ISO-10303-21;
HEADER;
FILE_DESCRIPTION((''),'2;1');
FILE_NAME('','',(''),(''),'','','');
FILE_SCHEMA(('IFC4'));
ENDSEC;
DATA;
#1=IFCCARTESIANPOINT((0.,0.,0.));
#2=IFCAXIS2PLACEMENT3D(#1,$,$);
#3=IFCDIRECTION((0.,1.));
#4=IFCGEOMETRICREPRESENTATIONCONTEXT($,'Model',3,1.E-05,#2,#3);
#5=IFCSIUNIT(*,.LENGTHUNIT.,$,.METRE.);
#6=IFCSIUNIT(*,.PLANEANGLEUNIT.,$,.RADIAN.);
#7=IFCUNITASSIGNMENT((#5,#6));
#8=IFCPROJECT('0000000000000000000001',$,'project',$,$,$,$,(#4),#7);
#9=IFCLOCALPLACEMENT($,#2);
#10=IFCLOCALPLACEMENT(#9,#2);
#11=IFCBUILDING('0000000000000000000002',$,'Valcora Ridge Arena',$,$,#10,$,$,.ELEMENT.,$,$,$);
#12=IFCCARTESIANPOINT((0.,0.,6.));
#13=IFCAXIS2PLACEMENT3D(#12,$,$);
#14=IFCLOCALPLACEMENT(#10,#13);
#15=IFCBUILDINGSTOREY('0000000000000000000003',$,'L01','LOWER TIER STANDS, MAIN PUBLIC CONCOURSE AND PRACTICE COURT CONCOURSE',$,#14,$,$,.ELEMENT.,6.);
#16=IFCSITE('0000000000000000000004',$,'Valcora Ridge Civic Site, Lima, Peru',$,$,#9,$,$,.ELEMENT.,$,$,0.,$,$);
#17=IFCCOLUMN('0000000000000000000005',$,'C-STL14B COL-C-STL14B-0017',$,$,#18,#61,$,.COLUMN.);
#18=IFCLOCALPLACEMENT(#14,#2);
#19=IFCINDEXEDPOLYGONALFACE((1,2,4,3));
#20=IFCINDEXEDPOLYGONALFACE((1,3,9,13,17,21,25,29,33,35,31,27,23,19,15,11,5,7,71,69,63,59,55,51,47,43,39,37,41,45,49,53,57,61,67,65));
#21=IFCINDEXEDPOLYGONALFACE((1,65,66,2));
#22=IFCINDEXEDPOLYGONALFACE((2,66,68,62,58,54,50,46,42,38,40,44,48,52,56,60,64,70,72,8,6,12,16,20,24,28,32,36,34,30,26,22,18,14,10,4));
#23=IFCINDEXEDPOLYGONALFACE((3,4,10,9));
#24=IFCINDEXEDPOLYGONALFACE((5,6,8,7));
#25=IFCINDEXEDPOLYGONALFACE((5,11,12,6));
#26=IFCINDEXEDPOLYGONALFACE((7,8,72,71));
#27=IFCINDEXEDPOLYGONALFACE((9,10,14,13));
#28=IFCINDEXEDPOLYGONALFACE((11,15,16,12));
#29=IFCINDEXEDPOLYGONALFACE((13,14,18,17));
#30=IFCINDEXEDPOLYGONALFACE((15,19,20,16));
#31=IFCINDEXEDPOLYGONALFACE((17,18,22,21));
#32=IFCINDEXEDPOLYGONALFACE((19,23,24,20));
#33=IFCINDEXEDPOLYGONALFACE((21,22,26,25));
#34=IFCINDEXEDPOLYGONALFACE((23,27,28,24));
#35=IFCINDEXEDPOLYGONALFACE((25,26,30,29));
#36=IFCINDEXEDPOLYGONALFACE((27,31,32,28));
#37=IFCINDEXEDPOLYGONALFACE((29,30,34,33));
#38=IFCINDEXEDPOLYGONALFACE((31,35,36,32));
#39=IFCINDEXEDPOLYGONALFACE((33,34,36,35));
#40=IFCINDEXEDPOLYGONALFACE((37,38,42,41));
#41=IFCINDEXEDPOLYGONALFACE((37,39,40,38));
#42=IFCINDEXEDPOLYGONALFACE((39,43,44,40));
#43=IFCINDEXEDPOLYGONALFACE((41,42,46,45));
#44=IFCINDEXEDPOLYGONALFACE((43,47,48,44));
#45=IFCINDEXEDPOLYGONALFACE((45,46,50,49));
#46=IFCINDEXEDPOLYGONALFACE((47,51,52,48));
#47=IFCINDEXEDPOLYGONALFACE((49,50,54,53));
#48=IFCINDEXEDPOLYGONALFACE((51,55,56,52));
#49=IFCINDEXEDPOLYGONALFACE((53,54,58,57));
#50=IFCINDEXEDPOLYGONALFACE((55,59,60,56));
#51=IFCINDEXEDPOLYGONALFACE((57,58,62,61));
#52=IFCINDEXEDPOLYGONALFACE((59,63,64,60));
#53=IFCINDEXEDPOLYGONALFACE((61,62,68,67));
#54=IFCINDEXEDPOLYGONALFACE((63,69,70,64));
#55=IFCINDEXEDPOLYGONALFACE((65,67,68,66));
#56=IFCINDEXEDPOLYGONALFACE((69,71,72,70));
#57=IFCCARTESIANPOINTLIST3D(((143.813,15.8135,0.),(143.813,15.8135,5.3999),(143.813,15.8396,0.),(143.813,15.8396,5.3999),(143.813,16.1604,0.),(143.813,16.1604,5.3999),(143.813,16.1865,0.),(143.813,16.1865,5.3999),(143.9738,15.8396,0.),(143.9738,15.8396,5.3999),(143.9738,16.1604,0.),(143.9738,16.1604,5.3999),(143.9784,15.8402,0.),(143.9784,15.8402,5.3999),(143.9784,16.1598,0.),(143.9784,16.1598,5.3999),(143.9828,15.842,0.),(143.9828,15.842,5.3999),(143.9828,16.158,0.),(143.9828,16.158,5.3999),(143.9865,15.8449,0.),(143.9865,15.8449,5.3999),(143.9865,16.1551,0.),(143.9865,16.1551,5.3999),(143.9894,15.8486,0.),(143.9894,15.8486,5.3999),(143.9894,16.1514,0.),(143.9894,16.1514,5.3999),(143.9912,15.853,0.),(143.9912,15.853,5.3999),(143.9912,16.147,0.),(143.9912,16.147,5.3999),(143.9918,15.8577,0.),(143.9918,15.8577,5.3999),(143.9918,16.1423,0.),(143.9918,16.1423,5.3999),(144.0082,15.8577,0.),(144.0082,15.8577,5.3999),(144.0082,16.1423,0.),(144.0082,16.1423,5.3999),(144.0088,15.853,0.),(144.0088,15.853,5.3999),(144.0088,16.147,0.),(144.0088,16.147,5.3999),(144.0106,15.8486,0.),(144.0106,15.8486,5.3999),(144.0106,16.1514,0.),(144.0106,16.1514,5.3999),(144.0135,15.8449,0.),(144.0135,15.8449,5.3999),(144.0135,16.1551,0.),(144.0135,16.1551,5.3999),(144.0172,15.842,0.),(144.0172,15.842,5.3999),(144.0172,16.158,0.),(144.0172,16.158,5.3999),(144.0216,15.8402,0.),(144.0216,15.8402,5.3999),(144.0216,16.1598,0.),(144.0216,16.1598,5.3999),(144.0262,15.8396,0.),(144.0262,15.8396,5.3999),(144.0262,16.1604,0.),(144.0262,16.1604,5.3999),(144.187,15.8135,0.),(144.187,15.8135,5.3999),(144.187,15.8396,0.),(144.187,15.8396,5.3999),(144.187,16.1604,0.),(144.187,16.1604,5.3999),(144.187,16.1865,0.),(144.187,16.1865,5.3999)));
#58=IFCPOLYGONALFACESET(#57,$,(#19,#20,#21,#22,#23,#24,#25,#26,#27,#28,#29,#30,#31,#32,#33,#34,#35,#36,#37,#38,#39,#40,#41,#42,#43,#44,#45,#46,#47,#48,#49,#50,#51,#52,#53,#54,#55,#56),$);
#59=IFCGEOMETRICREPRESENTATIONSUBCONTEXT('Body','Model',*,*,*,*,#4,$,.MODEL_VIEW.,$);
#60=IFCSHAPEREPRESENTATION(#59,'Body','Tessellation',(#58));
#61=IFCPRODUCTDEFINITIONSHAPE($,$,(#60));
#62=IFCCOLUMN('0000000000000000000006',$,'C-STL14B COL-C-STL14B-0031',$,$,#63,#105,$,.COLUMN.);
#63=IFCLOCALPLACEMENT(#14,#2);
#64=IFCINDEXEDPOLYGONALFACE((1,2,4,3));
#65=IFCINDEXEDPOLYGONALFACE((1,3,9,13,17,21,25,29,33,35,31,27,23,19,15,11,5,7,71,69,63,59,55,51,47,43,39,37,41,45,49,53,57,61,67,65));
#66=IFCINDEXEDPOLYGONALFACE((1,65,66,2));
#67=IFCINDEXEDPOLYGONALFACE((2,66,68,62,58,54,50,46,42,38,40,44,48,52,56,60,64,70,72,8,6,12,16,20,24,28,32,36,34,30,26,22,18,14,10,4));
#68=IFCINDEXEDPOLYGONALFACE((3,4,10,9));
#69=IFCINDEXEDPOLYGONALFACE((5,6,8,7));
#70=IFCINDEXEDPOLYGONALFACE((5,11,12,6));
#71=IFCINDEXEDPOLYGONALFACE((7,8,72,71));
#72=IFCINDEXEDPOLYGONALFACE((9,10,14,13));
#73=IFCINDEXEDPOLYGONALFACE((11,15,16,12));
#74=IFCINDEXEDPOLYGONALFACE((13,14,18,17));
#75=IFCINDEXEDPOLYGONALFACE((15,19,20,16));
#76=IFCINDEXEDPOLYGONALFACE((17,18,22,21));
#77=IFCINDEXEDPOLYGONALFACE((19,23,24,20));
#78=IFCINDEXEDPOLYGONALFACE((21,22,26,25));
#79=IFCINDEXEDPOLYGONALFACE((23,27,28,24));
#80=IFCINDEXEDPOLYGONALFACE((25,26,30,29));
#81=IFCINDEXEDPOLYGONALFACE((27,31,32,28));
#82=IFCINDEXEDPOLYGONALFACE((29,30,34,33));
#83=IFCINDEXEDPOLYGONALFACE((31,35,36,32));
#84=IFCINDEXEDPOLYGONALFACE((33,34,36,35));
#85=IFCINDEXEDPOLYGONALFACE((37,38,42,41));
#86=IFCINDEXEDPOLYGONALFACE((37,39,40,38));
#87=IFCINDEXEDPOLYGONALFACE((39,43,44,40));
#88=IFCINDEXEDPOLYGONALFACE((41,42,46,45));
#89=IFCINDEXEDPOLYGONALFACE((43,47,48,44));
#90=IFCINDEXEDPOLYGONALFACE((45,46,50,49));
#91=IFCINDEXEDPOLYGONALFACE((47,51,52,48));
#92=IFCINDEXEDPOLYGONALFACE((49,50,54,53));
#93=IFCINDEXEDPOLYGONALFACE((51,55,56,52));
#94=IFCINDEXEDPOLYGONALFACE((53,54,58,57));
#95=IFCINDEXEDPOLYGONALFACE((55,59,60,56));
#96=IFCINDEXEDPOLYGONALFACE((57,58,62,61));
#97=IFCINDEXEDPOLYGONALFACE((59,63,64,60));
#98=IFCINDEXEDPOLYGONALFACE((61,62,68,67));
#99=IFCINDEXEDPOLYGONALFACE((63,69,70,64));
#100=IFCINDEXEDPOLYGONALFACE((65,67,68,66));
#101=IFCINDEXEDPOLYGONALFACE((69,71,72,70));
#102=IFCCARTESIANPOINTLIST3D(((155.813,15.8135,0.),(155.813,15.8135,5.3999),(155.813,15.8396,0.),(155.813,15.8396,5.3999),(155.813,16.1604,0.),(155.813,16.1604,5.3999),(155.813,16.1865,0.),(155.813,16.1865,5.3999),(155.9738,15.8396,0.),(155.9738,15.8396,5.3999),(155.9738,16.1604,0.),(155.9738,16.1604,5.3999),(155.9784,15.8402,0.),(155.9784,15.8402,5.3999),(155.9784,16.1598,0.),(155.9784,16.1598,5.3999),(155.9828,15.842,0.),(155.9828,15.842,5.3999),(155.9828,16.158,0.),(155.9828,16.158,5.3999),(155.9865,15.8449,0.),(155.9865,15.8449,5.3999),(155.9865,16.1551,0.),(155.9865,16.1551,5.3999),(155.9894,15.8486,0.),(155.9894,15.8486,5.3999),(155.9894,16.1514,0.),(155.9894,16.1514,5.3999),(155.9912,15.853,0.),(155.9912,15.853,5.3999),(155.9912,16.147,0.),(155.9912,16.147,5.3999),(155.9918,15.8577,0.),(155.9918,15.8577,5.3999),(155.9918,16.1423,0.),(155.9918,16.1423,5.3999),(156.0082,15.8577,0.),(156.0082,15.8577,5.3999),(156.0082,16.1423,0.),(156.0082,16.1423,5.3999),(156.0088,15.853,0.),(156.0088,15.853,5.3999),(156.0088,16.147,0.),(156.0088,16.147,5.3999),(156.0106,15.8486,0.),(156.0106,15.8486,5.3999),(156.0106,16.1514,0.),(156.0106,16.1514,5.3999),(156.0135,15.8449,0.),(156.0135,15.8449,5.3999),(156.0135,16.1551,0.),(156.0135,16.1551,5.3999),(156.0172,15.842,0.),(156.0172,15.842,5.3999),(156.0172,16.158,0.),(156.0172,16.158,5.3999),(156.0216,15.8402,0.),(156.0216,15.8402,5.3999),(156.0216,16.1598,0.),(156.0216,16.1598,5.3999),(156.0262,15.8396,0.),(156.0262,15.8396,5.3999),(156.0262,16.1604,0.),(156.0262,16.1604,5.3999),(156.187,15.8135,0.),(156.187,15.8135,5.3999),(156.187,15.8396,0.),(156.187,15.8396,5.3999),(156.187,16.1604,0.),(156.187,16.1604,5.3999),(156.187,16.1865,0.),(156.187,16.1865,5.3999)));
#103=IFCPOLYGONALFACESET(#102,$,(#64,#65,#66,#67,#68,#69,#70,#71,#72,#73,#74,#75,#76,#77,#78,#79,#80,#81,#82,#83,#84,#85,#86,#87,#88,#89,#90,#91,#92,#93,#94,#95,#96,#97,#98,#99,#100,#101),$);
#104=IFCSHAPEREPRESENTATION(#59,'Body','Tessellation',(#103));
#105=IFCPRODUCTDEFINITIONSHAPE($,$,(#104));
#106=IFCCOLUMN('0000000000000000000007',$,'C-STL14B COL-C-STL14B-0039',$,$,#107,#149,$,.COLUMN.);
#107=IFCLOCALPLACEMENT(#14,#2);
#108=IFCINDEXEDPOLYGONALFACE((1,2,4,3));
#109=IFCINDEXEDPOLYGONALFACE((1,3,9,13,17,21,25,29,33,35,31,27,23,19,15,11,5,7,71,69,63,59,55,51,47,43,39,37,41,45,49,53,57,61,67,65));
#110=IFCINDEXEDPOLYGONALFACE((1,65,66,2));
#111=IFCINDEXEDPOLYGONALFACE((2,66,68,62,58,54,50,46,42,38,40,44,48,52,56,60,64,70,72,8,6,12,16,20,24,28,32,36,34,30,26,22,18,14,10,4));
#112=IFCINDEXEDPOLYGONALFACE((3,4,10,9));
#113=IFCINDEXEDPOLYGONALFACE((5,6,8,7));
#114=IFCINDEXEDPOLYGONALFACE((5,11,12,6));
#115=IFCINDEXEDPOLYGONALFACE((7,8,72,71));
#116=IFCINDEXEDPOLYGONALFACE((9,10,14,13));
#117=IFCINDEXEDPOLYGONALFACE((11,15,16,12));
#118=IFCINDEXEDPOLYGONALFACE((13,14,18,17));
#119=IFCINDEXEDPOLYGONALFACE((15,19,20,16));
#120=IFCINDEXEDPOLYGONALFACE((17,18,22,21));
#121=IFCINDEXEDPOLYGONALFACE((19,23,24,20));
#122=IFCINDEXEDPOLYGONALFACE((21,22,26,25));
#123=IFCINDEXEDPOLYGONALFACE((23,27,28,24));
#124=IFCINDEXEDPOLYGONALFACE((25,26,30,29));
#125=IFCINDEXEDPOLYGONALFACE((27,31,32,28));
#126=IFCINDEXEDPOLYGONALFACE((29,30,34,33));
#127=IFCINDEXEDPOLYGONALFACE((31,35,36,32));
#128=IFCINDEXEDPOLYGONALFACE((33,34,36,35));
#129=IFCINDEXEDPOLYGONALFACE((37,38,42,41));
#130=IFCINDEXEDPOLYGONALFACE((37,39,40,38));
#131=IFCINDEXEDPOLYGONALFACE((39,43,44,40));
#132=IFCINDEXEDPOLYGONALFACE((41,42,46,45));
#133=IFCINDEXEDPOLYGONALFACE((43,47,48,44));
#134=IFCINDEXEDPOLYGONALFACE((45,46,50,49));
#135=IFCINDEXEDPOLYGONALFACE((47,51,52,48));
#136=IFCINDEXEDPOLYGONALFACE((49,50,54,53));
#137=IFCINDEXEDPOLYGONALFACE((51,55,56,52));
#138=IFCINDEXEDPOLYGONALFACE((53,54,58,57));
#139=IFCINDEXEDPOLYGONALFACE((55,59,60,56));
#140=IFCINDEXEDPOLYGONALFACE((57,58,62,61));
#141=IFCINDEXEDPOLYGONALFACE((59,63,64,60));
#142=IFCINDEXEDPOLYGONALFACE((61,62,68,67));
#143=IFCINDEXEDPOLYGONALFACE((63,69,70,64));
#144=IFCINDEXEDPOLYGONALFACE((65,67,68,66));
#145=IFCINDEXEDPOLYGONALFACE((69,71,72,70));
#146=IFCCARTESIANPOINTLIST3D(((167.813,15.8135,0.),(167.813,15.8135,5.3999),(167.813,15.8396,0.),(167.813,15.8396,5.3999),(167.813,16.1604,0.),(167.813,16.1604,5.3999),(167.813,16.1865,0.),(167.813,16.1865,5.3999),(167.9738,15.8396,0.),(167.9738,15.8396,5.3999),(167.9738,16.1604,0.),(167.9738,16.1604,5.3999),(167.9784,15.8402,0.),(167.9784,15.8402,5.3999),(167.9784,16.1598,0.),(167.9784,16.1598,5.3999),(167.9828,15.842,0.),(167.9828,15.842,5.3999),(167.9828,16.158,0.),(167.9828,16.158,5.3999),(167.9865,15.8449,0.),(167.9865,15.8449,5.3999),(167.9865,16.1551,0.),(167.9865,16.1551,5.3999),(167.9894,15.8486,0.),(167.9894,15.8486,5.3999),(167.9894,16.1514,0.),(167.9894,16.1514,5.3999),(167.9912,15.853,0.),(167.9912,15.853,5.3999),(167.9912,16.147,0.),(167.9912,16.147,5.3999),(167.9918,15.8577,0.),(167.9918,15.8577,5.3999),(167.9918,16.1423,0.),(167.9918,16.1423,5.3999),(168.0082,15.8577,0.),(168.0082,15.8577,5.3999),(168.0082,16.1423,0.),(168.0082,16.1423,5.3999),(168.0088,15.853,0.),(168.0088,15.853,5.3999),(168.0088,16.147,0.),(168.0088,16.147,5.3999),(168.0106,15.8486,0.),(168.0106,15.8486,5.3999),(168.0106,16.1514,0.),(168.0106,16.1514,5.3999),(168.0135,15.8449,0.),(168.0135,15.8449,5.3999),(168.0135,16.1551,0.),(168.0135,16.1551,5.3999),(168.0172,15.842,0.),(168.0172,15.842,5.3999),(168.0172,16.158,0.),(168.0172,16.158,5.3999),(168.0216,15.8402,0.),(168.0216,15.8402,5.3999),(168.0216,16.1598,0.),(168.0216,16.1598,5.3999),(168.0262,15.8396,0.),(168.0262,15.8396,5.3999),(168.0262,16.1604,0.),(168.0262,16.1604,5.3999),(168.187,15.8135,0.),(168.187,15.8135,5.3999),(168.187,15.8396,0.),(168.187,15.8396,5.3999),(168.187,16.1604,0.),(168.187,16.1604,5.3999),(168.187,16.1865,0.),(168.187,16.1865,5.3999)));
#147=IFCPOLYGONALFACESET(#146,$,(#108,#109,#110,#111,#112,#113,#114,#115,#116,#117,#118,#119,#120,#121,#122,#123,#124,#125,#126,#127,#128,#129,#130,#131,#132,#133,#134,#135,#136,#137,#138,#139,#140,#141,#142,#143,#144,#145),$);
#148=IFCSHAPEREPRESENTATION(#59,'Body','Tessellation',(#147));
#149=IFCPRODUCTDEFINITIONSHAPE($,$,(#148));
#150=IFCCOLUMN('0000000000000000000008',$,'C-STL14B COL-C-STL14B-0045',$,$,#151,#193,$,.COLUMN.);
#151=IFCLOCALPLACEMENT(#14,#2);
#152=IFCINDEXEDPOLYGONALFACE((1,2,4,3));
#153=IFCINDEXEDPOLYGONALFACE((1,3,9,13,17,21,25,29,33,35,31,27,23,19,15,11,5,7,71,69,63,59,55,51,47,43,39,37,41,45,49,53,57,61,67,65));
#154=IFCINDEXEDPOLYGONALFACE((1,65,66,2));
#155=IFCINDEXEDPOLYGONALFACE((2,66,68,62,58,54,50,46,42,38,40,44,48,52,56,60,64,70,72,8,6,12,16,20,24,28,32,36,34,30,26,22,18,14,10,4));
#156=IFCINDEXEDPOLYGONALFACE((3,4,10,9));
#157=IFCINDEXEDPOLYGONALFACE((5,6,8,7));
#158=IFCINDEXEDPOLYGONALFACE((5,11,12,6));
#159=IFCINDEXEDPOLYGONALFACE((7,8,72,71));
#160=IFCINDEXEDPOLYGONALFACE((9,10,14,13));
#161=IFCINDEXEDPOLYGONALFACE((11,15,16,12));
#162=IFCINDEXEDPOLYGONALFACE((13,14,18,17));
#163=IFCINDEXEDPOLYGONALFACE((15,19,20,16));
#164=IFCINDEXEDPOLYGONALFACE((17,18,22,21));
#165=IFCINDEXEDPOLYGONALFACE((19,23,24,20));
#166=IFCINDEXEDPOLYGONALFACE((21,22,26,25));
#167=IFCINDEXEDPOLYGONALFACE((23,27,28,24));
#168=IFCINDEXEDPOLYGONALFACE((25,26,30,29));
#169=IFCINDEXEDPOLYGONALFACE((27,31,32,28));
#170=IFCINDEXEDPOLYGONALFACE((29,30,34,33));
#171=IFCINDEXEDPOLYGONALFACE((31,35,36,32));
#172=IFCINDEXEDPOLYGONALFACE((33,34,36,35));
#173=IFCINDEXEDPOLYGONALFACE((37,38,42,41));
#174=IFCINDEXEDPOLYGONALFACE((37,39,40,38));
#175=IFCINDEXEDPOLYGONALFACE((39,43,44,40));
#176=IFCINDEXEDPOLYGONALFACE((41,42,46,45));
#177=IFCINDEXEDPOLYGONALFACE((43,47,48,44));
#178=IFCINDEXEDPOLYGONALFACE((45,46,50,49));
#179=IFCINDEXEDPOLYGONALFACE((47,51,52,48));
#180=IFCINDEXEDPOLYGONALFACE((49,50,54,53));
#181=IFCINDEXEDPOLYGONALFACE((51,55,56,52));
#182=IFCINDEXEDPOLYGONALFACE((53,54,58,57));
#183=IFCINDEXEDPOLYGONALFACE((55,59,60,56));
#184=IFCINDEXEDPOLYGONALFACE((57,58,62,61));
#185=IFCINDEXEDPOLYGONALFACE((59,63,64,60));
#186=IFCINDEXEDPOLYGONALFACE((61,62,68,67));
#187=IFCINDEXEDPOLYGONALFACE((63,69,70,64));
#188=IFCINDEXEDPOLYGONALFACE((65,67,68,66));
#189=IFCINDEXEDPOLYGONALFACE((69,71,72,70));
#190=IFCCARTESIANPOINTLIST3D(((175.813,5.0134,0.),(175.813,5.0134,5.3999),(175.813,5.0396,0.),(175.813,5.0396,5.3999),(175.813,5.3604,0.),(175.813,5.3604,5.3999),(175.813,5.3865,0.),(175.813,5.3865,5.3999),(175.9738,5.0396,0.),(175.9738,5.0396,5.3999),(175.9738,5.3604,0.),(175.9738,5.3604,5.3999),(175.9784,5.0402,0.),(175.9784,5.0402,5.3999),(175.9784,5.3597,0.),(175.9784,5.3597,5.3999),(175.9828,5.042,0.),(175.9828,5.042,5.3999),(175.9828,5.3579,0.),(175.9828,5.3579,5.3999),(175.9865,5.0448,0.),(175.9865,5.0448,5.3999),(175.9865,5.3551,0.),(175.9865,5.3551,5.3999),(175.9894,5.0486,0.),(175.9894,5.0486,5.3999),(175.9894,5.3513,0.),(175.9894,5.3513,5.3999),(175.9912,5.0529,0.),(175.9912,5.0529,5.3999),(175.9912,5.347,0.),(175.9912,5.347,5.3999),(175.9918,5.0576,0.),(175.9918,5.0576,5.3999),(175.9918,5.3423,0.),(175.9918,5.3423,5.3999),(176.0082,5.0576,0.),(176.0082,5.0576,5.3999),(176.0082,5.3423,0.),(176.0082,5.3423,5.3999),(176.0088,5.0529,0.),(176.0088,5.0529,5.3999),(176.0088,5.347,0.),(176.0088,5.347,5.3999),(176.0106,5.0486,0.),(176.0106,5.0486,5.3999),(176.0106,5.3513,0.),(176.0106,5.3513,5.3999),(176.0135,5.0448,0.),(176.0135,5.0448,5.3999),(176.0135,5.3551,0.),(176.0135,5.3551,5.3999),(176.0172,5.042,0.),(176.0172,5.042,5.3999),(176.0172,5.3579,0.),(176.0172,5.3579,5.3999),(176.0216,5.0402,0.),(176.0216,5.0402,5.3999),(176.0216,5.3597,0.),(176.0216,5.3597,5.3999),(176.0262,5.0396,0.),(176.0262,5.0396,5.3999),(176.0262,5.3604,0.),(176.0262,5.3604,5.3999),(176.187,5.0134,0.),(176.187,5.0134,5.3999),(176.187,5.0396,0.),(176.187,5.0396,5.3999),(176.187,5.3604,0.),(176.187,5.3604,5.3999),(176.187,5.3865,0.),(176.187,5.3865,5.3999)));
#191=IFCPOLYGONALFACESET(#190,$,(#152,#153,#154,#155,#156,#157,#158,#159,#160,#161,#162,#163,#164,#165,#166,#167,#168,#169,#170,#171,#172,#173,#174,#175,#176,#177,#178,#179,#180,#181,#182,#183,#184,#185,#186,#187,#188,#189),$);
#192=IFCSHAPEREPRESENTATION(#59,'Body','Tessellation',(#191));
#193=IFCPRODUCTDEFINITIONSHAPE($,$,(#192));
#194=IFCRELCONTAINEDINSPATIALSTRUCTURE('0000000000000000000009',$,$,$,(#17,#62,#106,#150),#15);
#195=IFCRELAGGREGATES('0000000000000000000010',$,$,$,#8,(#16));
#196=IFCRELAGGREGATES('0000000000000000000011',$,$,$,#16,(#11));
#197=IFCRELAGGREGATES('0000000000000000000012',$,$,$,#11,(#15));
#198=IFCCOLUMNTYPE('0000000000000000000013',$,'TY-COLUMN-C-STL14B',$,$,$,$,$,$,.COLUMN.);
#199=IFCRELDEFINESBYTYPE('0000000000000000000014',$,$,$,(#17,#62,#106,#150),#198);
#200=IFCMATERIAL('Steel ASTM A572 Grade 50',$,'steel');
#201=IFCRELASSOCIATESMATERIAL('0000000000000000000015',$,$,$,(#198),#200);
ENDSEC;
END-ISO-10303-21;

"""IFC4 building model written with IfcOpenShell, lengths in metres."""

from ifc_helpers import new_model, si_unit, direction, frame, origin, origin_2d, place, context, subcontext, project, spatial, i_section, extrude, material, material_profile, profile_set, type_object, element, save


model = new_model("IFC4")

# Units and contexts
model_context = context("Model", 3, precision=1e-05, world=origin(), true_north=direction((0.0, 1.0)))
body_context = subcontext(model_context, "Body", "Model", "MODEL_VIEW")
ifc_project = project(units=[si_unit("LENGTHUNIT", "METRE"), si_unit("PLANEANGLEUNIT", "RADIAN")], contexts=[model_context])

# Site, building, storey
site_placement = place(None, origin())
site = spatial("IfcSite", under=ifc_project, at=site_placement, Name="Valcora Ridge Civic Site, Lima, Peru", CompositionType="ELEMENT", RefElevation=0.0)
building_placement = place(site_placement, origin())
building = spatial("IfcBuilding", under=site, at=building_placement, Name="Valcora Ridge Arena", CompositionType="ELEMENT")
storey_placement = place(building_placement, frame((0.0, 0.0, 6.0)))
storey = spatial("IfcBuildingStorey", under=building, at=storey_placement, Name="L01", Description="LOWER TIER STANDS, MAIN PUBLIC CONCOURSE AND PRACTICE COURT CONCOURSE", CompositionType="ELEMENT", Elevation=6.0)

# Columns
ifc_material_1 = material(Name="Steel ASTM A572 Grade 50", Category="steel")
ifc_material_profile_1 = material_profile(ifc_material_1, i_section(OverallWidth=0.374, OverallDepth=0.373, WebThickness=0.0164, FlangeThickness=0.0261, FilletRadius=0.0181, at=origin_2d()), Name="W14X132")
ifc_profile_set_1 = profile_set([ifc_material_profile_1], Name="Steel ASTM A572 Grade 50")
column_type = type_object("IfcColumnType", Name="TY-COLUMN-C-STL14B", PredefinedType="COLUMN", material=ifc_profile_set_1)
for number, where, z_axis, x_axis, name in (
    (1, (144.0, 16.0, 0.0), (0.0, 0.0, 1.0), (1.0, 0.0, 0.0), "C-STL14B COL-C-STL14B-0017"),
    (2, (156.0, 16.0, 0.0), (0.0, 0.0, 1.0), (1.0, 0.0, 0.0), "C-STL14B COL-C-STL14B-0031"),
    (3, (168.0, 16.0, 0.0), (0.0, 0.0, 1.0), (1.0, 0.0, 0.0), "C-STL14B COL-C-STL14B-0039"),
    (4, (176.0, 5.2, 0.0), (0.0, 0.0, 1.0), (1.0, 0.0, 0.0), "C-STL14B COL-C-STL14B-0045"),
):
    element("IfcColumn", number, at=place(storey_placement, frame(where, z_axis=z_axis, x_axis=x_axis)), inside=storey, type_object=column_type, Name=name, PredefinedType="COLUMN", context=body_context, shape_type="SweptSolid", body=[
        extrude(i_section(OverallWidth=0.374, OverallDepth=0.373, WebThickness=0.0164, FlangeThickness=0.0261, FilletRadius=0.0181, at=origin_2d()), origin(), (0.0, 0.0, 1.0), 5.3999),
    ])

save(model, "model.ifc")
